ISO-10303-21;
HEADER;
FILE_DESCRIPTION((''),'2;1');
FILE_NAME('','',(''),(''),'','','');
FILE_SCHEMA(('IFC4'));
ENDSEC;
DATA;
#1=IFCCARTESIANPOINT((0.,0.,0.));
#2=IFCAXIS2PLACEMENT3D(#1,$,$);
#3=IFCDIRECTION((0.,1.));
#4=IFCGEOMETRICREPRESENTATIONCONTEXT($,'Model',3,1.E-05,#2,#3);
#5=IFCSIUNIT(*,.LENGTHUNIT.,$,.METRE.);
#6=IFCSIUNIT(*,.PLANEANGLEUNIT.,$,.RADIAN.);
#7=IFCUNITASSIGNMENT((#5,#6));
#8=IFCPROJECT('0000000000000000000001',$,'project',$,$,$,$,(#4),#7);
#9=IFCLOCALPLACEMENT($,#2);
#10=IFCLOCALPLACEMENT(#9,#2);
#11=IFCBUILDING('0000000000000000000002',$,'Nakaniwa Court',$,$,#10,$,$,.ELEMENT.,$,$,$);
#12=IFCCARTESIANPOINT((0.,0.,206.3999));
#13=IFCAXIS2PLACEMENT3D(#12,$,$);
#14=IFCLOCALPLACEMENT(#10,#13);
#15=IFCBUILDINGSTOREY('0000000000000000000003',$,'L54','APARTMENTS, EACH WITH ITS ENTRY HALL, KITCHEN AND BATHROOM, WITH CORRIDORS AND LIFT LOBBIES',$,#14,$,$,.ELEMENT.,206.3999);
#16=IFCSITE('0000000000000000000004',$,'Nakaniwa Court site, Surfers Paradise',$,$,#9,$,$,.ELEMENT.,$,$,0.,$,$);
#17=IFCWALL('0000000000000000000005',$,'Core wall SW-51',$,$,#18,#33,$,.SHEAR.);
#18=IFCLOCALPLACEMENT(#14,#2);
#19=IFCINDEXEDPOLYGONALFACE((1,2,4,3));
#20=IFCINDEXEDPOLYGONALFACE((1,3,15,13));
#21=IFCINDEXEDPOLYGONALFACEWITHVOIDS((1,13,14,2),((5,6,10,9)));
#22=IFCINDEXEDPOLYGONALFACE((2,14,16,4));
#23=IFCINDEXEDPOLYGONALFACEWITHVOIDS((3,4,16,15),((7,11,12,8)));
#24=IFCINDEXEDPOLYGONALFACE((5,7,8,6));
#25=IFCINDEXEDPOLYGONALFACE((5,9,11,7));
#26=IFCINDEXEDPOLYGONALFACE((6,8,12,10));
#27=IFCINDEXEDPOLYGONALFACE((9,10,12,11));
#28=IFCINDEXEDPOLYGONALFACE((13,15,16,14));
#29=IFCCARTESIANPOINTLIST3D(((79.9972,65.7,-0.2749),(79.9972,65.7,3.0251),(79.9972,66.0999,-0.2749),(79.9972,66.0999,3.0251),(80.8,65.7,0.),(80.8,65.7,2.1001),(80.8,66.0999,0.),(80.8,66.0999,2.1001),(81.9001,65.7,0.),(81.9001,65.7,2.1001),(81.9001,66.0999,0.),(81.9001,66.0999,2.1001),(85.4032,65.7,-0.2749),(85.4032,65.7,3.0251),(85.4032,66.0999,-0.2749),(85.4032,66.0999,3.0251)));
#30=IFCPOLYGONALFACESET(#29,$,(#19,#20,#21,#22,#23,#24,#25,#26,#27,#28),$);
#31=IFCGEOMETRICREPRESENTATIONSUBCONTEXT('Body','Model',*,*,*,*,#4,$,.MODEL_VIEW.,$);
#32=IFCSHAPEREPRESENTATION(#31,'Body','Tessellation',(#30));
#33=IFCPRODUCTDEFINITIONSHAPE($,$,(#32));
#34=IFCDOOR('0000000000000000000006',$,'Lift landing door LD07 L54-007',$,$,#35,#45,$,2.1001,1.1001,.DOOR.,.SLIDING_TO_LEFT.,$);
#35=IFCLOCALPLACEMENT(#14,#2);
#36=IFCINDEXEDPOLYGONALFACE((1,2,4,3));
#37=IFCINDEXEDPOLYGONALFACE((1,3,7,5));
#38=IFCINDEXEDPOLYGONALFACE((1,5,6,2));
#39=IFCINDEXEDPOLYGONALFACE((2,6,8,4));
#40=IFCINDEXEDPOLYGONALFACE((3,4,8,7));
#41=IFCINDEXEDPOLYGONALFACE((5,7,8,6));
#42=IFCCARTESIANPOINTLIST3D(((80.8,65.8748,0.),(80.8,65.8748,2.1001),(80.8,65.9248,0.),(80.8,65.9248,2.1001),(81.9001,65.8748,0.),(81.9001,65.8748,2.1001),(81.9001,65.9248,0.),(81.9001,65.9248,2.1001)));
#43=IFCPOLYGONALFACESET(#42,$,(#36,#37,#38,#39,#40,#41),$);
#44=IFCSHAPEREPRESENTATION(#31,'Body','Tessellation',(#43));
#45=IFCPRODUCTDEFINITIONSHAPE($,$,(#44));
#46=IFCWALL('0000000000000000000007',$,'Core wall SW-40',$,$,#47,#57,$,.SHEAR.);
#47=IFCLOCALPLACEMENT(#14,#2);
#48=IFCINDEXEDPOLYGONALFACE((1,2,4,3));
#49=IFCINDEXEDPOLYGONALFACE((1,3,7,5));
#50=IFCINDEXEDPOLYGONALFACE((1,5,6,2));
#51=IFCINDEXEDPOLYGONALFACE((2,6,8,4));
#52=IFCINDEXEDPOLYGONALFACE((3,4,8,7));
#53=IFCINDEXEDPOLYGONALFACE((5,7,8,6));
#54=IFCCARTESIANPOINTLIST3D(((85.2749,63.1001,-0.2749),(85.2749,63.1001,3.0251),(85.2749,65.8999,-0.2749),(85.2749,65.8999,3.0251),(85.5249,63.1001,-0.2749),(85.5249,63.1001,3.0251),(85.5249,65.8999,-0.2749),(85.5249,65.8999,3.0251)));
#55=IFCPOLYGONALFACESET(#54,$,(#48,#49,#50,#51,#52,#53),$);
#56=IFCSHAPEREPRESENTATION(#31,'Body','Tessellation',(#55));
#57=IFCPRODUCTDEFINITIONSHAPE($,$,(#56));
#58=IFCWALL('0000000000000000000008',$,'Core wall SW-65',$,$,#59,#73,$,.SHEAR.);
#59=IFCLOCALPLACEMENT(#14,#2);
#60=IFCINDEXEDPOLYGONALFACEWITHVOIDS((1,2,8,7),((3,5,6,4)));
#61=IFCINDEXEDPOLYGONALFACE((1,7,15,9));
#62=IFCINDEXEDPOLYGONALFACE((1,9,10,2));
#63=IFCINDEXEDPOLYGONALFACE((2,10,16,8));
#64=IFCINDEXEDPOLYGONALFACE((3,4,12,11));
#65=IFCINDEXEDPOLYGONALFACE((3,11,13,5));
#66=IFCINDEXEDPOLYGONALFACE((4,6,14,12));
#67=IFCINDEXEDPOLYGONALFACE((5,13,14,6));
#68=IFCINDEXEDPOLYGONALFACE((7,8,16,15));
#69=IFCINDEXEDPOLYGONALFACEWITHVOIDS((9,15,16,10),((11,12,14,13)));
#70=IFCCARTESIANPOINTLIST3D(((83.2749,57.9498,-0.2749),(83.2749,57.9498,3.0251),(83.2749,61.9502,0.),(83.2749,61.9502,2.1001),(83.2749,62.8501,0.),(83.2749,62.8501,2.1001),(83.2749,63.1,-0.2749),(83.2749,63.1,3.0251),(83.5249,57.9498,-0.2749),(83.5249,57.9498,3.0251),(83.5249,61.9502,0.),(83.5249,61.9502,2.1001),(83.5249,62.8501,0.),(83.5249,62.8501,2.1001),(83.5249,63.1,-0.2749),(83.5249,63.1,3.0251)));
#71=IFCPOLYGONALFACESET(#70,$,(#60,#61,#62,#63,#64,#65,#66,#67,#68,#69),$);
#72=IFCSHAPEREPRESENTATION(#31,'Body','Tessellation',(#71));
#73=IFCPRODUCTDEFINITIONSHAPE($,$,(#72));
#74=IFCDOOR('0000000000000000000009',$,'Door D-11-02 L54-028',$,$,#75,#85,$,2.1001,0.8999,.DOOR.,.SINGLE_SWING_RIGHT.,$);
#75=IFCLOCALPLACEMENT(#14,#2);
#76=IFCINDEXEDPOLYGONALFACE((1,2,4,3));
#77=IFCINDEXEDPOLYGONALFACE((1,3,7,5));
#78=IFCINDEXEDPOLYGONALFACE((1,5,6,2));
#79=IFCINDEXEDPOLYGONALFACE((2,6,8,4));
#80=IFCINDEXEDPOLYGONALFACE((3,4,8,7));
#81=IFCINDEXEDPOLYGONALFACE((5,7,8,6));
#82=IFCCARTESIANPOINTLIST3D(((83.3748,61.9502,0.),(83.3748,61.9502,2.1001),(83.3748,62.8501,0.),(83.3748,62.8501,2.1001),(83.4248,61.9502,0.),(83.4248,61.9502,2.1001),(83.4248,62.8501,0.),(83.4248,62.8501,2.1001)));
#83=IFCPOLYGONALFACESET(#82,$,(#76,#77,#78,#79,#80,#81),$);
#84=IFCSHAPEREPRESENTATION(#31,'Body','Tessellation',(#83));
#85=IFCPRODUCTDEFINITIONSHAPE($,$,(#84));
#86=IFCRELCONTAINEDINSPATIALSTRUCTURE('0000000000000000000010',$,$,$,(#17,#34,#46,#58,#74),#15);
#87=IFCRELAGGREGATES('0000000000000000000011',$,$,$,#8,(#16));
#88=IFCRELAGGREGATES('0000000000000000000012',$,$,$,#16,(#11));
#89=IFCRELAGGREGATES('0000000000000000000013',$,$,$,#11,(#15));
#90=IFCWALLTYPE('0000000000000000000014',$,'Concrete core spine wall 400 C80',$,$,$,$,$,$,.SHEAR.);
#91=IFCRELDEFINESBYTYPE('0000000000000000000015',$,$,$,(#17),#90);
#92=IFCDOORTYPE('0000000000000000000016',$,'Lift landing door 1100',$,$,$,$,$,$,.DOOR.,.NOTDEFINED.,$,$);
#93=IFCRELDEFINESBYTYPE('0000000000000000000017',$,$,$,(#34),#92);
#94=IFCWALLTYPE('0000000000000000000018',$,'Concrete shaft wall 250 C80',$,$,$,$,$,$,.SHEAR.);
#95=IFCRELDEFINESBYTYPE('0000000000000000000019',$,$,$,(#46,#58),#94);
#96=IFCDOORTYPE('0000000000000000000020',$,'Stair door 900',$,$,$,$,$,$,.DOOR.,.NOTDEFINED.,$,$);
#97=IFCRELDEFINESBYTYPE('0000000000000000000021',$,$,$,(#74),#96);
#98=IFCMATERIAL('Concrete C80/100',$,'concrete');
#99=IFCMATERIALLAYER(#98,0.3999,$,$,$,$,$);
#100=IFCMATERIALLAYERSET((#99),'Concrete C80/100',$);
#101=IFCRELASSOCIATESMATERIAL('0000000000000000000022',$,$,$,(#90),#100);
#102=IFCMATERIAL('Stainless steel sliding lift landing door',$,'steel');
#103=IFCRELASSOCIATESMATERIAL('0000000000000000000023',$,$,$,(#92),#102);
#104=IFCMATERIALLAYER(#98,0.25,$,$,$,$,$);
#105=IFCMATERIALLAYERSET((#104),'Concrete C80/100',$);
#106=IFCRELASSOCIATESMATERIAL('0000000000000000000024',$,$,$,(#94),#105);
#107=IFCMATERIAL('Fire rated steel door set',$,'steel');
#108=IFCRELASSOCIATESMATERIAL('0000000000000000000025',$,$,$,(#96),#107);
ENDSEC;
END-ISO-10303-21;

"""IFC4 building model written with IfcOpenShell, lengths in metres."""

from ifc_helpers import new_model, si_unit, direction, frame, frame_2d, origin, place, context, subcontext, project, spatial, rectangle, extrude, material, layer, layer_set, type_object, element, fill, save


model = new_model("IFC4")

# Units and contexts
model_context = context("Model", 3, precision=1e-05, world=origin(), true_north=direction((0.0, 1.0)))
body_context = subcontext(model_context, "Body", "Model", "MODEL_VIEW")
ifc_project = project(units=[si_unit("LENGTHUNIT", "METRE"), si_unit("PLANEANGLEUNIT", "RADIAN")], contexts=[model_context])

# Site, building, storey
site_placement = place(None, origin())
site = spatial("IfcSite", under=ifc_project, at=site_placement, Name="Nakaniwa Court site, Surfers Paradise", CompositionType="ELEMENT", RefElevation=0.0)
building_placement = place(site_placement, origin())
building = spatial("IfcBuilding", under=site, at=building_placement, Name="Nakaniwa Court", CompositionType="ELEMENT")
storey_placement = place(building_placement, frame((0.0, 0.0, 206.3999)))
storey = spatial("IfcBuildingStorey", under=building, at=storey_placement, Name="L54", Description="APARTMENTS, EACH WITH ITS ENTRY HALL, KITCHEN AND BATHROOM, WITH CORRIDORS AND LIFT LOBBIES", CompositionType="ELEMENT", Elevation=206.3999)

# Wall, opening, door
ifc_material_1 = material(Name="Fire rated steel door set", Category="steel")
ifc_material_2 = material(Name="Concrete C80/100", Category="concrete")
ifc_layer_1 = layer(ifc_material_2, 0.3999)
ifc_layer_set_1 = layer_set([ifc_layer_1], Name="Concrete C80/100")
wall_type_1 = type_object("IfcWallType", Name="Concrete core spine wall 400 C80", PredefinedType="SHEAR", material=ifc_layer_set_1)
wall_1_placement = place(storey_placement, frame((79.9971, 65.8999, -0.2749), z_axis=(0.0, 0.0, 1.0), x_axis=(1.0, 0.0, 0.0)))
wall_1 = element("IfcWall", 1, at=wall_1_placement, inside=storey, type_object=wall_type_1, Name="Core wall SW-51", PredefinedType="SHEAR", context=body_context, shape_type="SweptSolid", body=[
    extrude(rectangle(XDim=5.406, YDim=0.3999, at=frame_2d((2.7031, 0.0))), origin(), (0.0, 0.0, 1.0), 3.3),
])
opening_1_placement = place(wall_1_placement, frame((0.803, 0.0, 0.2749)))
opening_1 = element("IfcOpeningElement", 2, at=opening_1_placement, cuts=wall_1, PredefinedType="OPENING", context=body_context, shape_type="SweptSolid", body=[
    extrude(rectangle(XDim=1.1001, YDim=2.1001, at=frame_2d((0.55, 1.05))), frame((0.0, 0.21, 0.0), z_axis=(0.0, -1.0, 0.0), x_axis=(1.0, 0.0, 0.0)), (0.0, 0.0, 1.0), 0.4199),
])
ifc_material_3 = material(Name="Stainless steel sliding lift landing door", Category="steel")
door_type_1 = type_object("IfcDoorType", Name="Lift landing door 1100", OperationType="NOTDEFINED", PredefinedType="DOOR", material=ifc_material_3)
door_1_placement = place(opening_1_placement, origin())
door_1 = element("IfcDoor", 3, at=door_1_placement, inside=storey, type_object=door_type_1, Name="Lift landing door LD07 L54-007", OperationType="SLIDING_TO_LEFT", OverallHeight=2.1001, OverallWidth=1.1001, PredefinedType="DOOR", context=body_context, shape_type="SweptSolid", body=[
    extrude(rectangle(XDim=1.1001, YDim=2.1001, at=frame_2d((0.55, 1.05))), frame((0.0, 0.0249, 0.0), z_axis=(0.0, -1.0, 0.0), x_axis=(1.0, 0.0, 0.0)), (0.0, 0.0, 1.0), 0.05),
])
fill(opening_1, door_1)

# Wall
ifc_layer_2 = layer(ifc_material_2, 0.25)
ifc_layer_set_2 = layer_set([ifc_layer_2], Name="Concrete C80/100")
wall_type_2 = type_object("IfcWallType", Name="Concrete shaft wall 250 C80", PredefinedType="SHEAR", material=ifc_layer_set_2)
wall_2_placement = place(storey_placement, frame((85.3999, 63.1001, -0.2749), z_axis=(0.0, 0.0, 1.0), x_axis=(0.0, 1.0, 0.0)))
element("IfcWall", 4, at=wall_2_placement, inside=storey, type_object=wall_type_2, Name="Core wall SW-40", PredefinedType="SHEAR", context=body_context, shape_type="SweptSolid", body=[
    extrude(rectangle(XDim=2.7998, YDim=0.25, at=frame_2d((1.3999, 0.0))), origin(), (0.0, 0.0, 1.0), 3.3),
])

# Wall, opening, door
wall_3_placement = place(storey_placement, frame((83.3999, 63.1001, -0.2749), z_axis=(0.0, 0.0, 1.0), x_axis=(0.0, -1.0, 0.0)))
wall_3 = element("IfcWall", 5, at=wall_3_placement, inside=storey, type_object=wall_type_2, Name="Core wall SW-65", PredefinedType="SHEAR", context=body_context, shape_type="SweptSolid", body=[
    extrude(rectangle(XDim=5.1501, YDim=0.25, at=frame_2d((2.5752, 0.0))), origin(), (0.0, 0.0, 1.0), 3.3),
])
opening_2_placement = place(wall_3_placement, frame((0.25, 0.0, 0.2749)))
opening_2 = element("IfcOpeningElement", 6, at=opening_2_placement, cuts=wall_3, PredefinedType="OPENING", context=body_context, shape_type="SweptSolid", body=[
    extrude(rectangle(XDim=0.8999, YDim=2.1001, at=frame_2d((0.45, 1.05))), frame((0.0, 0.135, 0.0), z_axis=(0.0, -1.0, 0.0), x_axis=(1.0, 0.0, 0.0)), (0.0, 0.0, 1.0), 0.27),
])
door_type_2 = type_object("IfcDoorType", Name="Stair door 900", OperationType="NOTDEFINED", PredefinedType="DOOR", material=ifc_material_1)
door_2_placement = place(opening_2_placement, origin())
door_2 = element("IfcDoor", 7, at=door_2_placement, inside=storey, type_object=door_type_2, Name="Door D-11-02 L54-028", OperationType="SINGLE_SWING_RIGHT", OverallHeight=2.1001, OverallWidth=0.8999, PredefinedType="DOOR", context=body_context, shape_type="SweptSolid", body=[
    extrude(rectangle(XDim=0.8999, YDim=2.1001, at=frame_2d((0.45, 1.05))), frame((0.0, 0.0249, 0.0), z_axis=(0.0, -1.0, 0.0), x_axis=(1.0, 0.0, 0.0)), (0.0, 0.0, 1.0), 0.05),
])
fill(opening_2, door_2)

save(model, "model.ifc")
